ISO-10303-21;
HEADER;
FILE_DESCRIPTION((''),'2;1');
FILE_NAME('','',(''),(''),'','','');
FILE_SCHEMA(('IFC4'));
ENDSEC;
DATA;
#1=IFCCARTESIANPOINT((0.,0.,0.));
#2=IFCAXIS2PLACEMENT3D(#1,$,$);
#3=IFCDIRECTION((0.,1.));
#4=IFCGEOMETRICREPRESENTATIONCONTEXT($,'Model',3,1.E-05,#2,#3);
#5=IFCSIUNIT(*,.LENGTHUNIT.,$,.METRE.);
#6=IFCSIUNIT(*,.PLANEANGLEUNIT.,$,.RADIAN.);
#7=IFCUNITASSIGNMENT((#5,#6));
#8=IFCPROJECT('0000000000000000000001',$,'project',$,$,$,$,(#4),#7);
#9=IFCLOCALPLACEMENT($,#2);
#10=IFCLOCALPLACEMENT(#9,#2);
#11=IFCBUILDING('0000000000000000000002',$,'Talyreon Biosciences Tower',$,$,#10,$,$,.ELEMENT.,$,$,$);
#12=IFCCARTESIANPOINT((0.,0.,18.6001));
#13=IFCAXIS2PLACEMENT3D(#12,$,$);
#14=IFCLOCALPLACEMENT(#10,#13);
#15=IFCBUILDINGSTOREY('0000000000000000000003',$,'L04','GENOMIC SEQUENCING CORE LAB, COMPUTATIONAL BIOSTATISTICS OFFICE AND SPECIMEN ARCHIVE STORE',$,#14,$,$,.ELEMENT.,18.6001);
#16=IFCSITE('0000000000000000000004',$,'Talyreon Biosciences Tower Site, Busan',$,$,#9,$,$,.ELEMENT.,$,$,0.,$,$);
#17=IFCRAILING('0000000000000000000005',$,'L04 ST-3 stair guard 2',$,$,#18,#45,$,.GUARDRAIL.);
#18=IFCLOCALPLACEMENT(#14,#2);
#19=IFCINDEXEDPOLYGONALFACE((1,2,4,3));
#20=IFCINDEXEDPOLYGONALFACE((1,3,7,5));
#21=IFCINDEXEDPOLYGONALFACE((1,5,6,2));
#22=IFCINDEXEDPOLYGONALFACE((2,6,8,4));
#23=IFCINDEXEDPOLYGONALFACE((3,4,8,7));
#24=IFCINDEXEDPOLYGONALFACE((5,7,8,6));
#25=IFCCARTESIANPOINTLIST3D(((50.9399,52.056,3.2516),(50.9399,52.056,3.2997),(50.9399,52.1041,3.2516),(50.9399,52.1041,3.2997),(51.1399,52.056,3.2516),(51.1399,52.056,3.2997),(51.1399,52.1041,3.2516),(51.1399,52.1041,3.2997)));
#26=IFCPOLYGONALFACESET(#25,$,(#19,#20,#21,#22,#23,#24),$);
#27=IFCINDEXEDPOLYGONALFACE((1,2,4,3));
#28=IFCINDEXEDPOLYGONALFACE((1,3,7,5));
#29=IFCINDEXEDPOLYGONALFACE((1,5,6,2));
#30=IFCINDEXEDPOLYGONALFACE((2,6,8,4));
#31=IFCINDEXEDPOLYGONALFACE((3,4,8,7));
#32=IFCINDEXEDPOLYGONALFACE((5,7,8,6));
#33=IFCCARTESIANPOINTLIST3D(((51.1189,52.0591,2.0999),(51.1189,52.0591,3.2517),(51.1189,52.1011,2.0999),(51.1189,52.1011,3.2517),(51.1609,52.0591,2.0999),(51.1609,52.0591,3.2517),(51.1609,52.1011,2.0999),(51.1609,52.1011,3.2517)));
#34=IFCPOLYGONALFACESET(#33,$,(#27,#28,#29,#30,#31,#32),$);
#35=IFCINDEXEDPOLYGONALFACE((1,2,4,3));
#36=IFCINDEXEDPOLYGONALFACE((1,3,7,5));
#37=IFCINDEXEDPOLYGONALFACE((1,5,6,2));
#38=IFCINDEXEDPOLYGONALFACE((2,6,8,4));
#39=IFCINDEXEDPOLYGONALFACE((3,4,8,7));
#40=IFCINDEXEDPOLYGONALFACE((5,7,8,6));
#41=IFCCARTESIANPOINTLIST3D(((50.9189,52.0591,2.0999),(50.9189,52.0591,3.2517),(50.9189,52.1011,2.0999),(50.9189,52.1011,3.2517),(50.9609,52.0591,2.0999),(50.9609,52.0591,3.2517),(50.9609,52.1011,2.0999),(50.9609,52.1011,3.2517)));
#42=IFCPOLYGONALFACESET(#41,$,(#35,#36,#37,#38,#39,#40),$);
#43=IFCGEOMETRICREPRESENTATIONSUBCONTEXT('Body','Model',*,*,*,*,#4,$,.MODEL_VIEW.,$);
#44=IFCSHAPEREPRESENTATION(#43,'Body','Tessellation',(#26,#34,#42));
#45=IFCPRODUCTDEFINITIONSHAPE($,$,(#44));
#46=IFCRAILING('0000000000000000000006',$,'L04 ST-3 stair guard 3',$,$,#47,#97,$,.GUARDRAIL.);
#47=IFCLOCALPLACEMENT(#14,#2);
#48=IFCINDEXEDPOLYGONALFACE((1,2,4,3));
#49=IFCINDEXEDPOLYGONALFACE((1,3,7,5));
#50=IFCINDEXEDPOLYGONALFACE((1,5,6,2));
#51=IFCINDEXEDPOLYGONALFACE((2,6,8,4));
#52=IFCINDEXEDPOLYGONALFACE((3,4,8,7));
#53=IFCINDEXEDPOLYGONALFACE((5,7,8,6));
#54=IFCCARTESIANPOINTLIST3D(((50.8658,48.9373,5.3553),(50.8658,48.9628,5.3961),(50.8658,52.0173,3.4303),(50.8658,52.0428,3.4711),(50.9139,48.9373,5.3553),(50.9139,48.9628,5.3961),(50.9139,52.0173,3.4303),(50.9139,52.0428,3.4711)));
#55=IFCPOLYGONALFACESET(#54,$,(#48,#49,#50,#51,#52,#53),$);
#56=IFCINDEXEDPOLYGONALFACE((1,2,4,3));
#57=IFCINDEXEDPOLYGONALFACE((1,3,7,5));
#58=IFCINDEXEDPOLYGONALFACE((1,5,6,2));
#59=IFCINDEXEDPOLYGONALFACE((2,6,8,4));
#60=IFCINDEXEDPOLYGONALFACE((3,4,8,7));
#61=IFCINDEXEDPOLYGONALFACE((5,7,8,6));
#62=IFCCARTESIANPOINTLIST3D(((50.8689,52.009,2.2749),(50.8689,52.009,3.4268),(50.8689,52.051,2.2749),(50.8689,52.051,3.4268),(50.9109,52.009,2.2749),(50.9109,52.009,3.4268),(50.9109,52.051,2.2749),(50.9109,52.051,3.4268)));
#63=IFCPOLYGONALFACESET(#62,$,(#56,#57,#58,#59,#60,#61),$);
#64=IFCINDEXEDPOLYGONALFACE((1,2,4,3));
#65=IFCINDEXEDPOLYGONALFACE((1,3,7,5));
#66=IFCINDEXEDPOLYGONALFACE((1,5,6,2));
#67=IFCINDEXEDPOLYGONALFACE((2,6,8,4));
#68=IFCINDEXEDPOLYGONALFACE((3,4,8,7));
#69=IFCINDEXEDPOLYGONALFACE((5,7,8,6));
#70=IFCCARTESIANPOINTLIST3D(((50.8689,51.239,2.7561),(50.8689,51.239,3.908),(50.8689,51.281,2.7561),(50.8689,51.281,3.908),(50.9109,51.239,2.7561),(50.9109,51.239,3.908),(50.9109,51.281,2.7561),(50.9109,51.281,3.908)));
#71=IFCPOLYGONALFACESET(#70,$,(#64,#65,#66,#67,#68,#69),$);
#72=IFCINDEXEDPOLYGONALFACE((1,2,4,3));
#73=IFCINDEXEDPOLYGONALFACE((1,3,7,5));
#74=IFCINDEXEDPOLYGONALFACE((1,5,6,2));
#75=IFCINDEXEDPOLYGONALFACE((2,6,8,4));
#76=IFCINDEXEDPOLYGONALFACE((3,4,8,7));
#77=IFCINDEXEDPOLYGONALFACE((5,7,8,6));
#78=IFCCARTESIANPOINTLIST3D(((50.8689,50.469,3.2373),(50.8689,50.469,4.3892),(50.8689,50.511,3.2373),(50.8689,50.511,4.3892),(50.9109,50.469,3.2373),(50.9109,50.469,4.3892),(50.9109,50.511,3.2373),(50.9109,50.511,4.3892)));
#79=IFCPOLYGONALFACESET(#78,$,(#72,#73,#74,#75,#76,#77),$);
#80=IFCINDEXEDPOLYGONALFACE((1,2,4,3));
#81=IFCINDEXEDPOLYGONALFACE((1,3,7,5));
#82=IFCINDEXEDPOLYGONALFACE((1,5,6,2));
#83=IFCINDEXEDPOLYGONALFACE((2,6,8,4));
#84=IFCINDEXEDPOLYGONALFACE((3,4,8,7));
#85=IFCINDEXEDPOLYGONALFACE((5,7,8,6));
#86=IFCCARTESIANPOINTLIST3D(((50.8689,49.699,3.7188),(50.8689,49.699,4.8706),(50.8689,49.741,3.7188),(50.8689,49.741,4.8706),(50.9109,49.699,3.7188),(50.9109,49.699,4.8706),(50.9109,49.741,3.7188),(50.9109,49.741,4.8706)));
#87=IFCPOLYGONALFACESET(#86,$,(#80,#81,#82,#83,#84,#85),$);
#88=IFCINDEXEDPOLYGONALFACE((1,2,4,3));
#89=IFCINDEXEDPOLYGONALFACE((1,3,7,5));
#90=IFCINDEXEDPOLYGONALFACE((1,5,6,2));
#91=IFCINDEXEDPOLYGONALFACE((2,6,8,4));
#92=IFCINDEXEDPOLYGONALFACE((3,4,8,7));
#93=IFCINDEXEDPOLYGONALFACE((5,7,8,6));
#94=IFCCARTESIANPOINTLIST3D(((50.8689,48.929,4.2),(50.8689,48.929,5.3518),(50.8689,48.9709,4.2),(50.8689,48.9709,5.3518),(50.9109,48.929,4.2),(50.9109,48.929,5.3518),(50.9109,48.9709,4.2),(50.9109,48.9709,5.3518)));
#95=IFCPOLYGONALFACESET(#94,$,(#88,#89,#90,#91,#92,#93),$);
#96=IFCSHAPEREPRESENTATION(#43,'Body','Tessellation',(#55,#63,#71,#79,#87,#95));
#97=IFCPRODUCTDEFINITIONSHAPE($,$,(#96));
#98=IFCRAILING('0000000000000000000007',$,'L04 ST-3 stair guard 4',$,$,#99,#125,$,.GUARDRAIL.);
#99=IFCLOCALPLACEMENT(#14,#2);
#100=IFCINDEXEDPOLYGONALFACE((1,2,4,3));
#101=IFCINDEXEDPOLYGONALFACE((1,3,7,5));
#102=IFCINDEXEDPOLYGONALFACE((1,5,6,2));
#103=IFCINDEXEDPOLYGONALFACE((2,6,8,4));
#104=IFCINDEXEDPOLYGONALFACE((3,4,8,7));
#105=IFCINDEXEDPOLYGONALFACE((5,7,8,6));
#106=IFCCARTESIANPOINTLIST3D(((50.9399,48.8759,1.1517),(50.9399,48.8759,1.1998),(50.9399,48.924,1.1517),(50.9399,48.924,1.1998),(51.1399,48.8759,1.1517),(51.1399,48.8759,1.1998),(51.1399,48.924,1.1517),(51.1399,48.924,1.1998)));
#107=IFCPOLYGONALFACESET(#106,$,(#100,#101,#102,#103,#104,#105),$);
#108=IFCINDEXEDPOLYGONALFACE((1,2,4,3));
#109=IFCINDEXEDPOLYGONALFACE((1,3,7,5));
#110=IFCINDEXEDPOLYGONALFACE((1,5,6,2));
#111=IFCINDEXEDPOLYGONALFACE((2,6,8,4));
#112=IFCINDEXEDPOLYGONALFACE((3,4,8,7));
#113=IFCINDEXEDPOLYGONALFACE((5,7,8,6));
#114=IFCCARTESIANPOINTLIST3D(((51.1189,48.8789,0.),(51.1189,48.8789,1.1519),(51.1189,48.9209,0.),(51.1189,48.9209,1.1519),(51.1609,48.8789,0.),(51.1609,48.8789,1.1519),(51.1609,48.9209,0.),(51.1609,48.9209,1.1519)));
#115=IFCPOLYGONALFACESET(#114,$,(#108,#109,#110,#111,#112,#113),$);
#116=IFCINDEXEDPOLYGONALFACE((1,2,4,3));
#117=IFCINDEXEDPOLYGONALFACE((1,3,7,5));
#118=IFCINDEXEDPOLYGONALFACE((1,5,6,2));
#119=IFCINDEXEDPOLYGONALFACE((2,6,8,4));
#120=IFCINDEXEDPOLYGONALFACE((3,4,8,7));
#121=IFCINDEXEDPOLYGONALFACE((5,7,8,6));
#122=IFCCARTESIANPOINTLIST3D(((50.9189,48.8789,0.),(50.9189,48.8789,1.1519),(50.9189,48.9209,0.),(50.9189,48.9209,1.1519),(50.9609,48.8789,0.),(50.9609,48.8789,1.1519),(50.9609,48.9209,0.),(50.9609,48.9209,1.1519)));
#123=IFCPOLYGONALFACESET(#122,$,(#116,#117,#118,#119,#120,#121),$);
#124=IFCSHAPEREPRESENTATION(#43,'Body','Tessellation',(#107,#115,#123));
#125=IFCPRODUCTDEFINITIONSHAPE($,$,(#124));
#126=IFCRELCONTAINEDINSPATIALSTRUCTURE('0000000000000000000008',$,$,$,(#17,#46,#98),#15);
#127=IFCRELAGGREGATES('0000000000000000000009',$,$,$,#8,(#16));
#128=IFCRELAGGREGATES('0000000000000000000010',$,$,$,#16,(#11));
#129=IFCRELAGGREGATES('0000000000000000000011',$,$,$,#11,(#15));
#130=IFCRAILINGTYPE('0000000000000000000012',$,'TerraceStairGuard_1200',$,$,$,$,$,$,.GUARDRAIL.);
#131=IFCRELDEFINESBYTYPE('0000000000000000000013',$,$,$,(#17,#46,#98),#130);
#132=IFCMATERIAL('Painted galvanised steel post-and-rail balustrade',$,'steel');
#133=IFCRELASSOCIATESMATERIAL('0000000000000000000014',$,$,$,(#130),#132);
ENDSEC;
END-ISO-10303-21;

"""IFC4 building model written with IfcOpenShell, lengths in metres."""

from ifc_helpers import new_model, si_unit, direction, frame, origin, origin_2d, place, context, subcontext, project, spatial, rectangle, extrude, material, type_object, element, save


model = new_model("IFC4")

# Units and contexts
model_context = context("Model", 3, precision=1e-05, world=origin(), true_north=direction((0.0, 1.0)))
body_context = subcontext(model_context, "Body", "Model", "MODEL_VIEW")
ifc_project = project(units=[si_unit("LENGTHUNIT", "METRE"), si_unit("PLANEANGLEUNIT", "RADIAN")], contexts=[model_context])

# Site, building, storey
site_placement = place(None, origin())
site = spatial("IfcSite", under=ifc_project, at=site_placement, Name="Talyreon Biosciences Tower Site, Busan", CompositionType="ELEMENT", RefElevation=0.0)
building_placement = place(site_placement, origin())
building = spatial("IfcBuilding", under=site, at=building_placement, Name="Talyreon Biosciences Tower", CompositionType="ELEMENT")
storey_placement = place(building_placement, frame((0.0, 0.0, 18.6001)))
storey = spatial("IfcBuildingStorey", under=building, at=storey_placement, Name="L04", Description="GENOMIC SEQUENCING CORE LAB, COMPUTATIONAL BIOSTATISTICS OFFICE AND SPECIMEN ARCHIVE STORE", CompositionType="ELEMENT", Elevation=18.6001)

# Railings
ifc_material_1 = material(Name="Painted galvanised steel post-and-rail balustrade", Category="steel")
railing_type_1 = type_object("IfcRailingType", Name="TerraceStairGuard_1200", PredefinedType="GUARDRAIL", material=ifc_material_1)
railing_1_placement = place(storey_placement, frame((51.1399, 52.0801, 2.0999)))
element("IfcRailing", 1, at=railing_1_placement, inside=storey, type_object=railing_type_1, Name="L04 ST-3 stair guard 2", PredefinedType="GUARDRAIL", context=body_context, shape_type="SweptSolid", body=[
    extrude(rectangle(XDim=0.0481, YDim=0.0481, at=origin_2d()), frame((0.0, 0.0, 1.1758), z_axis=(-1.0, 0.0, 0.0), x_axis=(0.0, -1.0, 0.0)), (0.0, 0.0, 1.0), 0.2),
    extrude(rectangle(XDim=0.042, YDim=0.042, at=origin_2d()), origin(), (0.0, 0.0, 1.0), 1.1519),
    extrude(rectangle(XDim=0.042, YDim=0.042, at=origin_2d()), frame((-0.2, 0.0, 0.0)), (0.0, 0.0, 1.0), 1.1519),
])
railing_2_placement = place(storey_placement, frame((50.8899, 52.03, 2.2749)))
element("IfcRailing", 2, at=railing_2_placement, inside=storey, type_object=railing_type_1, Name="L04 ST-3 stair guard 3", PredefinedType="GUARDRAIL", context=body_context, shape_type="SweptSolid", body=[
    extrude(rectangle(XDim=0.0481, YDim=0.0481, at=origin_2d()), frame((0.0, 0.0, 1.1758), z_axis=(0.0, -0.847998, 0.529999), x_axis=(1.0, 0.0, 0.0)), (0.0, 0.0, 1.0), 3.6321),
    extrude(rectangle(XDim=0.042, YDim=0.042, at=origin_2d()), origin(), (0.0, 0.0, 1.0), 1.1519),
    extrude(rectangle(XDim=0.042, YDim=0.042, at=origin_2d()), frame((0.0, -0.77, 0.4812)), (0.0, 0.0, 1.0), 1.1519),
    extrude(rectangle(XDim=0.042, YDim=0.042, at=origin_2d()), frame((0.0, -1.54, 0.9624)), (0.0, 0.0, 1.0), 1.1519),
    extrude(rectangle(XDim=0.042, YDim=0.042, at=origin_2d()), frame((0.0, -2.3101, 1.4438)), (0.0, 0.0, 1.0), 1.1519),
    extrude(rectangle(XDim=0.042, YDim=0.042, at=origin_2d()), frame((0.0, -3.0801, 1.925)), (0.0, 0.0, 1.0), 1.1519),
])
railing_3_placement = place(storey_placement, frame((51.1399, 48.8999, 0.0)))
element("IfcRailing", 3, at=railing_3_placement, inside=storey, type_object=railing_type_1, Name="L04 ST-3 stair guard 4", PredefinedType="GUARDRAIL", context=body_context, shape_type="SweptSolid", body=[
    extrude(rectangle(XDim=0.0481, YDim=0.0481, at=origin_2d()), frame((0.0, 0.0, 1.1758), z_axis=(-1.0, 0.0, 0.0), x_axis=(0.0, -1.0, 0.0)), (0.0, 0.0, 1.0), 0.2),
    extrude(rectangle(XDim=0.042, YDim=0.042, at=origin_2d()), origin(), (0.0, 0.0, 1.0), 1.1519),
    extrude(rectangle(XDim=0.042, YDim=0.042, at=origin_2d()), frame((-0.2, 0.0, 0.0)), (0.0, 0.0, 1.0), 1.1519),
])

save(model, "model.ifc")
